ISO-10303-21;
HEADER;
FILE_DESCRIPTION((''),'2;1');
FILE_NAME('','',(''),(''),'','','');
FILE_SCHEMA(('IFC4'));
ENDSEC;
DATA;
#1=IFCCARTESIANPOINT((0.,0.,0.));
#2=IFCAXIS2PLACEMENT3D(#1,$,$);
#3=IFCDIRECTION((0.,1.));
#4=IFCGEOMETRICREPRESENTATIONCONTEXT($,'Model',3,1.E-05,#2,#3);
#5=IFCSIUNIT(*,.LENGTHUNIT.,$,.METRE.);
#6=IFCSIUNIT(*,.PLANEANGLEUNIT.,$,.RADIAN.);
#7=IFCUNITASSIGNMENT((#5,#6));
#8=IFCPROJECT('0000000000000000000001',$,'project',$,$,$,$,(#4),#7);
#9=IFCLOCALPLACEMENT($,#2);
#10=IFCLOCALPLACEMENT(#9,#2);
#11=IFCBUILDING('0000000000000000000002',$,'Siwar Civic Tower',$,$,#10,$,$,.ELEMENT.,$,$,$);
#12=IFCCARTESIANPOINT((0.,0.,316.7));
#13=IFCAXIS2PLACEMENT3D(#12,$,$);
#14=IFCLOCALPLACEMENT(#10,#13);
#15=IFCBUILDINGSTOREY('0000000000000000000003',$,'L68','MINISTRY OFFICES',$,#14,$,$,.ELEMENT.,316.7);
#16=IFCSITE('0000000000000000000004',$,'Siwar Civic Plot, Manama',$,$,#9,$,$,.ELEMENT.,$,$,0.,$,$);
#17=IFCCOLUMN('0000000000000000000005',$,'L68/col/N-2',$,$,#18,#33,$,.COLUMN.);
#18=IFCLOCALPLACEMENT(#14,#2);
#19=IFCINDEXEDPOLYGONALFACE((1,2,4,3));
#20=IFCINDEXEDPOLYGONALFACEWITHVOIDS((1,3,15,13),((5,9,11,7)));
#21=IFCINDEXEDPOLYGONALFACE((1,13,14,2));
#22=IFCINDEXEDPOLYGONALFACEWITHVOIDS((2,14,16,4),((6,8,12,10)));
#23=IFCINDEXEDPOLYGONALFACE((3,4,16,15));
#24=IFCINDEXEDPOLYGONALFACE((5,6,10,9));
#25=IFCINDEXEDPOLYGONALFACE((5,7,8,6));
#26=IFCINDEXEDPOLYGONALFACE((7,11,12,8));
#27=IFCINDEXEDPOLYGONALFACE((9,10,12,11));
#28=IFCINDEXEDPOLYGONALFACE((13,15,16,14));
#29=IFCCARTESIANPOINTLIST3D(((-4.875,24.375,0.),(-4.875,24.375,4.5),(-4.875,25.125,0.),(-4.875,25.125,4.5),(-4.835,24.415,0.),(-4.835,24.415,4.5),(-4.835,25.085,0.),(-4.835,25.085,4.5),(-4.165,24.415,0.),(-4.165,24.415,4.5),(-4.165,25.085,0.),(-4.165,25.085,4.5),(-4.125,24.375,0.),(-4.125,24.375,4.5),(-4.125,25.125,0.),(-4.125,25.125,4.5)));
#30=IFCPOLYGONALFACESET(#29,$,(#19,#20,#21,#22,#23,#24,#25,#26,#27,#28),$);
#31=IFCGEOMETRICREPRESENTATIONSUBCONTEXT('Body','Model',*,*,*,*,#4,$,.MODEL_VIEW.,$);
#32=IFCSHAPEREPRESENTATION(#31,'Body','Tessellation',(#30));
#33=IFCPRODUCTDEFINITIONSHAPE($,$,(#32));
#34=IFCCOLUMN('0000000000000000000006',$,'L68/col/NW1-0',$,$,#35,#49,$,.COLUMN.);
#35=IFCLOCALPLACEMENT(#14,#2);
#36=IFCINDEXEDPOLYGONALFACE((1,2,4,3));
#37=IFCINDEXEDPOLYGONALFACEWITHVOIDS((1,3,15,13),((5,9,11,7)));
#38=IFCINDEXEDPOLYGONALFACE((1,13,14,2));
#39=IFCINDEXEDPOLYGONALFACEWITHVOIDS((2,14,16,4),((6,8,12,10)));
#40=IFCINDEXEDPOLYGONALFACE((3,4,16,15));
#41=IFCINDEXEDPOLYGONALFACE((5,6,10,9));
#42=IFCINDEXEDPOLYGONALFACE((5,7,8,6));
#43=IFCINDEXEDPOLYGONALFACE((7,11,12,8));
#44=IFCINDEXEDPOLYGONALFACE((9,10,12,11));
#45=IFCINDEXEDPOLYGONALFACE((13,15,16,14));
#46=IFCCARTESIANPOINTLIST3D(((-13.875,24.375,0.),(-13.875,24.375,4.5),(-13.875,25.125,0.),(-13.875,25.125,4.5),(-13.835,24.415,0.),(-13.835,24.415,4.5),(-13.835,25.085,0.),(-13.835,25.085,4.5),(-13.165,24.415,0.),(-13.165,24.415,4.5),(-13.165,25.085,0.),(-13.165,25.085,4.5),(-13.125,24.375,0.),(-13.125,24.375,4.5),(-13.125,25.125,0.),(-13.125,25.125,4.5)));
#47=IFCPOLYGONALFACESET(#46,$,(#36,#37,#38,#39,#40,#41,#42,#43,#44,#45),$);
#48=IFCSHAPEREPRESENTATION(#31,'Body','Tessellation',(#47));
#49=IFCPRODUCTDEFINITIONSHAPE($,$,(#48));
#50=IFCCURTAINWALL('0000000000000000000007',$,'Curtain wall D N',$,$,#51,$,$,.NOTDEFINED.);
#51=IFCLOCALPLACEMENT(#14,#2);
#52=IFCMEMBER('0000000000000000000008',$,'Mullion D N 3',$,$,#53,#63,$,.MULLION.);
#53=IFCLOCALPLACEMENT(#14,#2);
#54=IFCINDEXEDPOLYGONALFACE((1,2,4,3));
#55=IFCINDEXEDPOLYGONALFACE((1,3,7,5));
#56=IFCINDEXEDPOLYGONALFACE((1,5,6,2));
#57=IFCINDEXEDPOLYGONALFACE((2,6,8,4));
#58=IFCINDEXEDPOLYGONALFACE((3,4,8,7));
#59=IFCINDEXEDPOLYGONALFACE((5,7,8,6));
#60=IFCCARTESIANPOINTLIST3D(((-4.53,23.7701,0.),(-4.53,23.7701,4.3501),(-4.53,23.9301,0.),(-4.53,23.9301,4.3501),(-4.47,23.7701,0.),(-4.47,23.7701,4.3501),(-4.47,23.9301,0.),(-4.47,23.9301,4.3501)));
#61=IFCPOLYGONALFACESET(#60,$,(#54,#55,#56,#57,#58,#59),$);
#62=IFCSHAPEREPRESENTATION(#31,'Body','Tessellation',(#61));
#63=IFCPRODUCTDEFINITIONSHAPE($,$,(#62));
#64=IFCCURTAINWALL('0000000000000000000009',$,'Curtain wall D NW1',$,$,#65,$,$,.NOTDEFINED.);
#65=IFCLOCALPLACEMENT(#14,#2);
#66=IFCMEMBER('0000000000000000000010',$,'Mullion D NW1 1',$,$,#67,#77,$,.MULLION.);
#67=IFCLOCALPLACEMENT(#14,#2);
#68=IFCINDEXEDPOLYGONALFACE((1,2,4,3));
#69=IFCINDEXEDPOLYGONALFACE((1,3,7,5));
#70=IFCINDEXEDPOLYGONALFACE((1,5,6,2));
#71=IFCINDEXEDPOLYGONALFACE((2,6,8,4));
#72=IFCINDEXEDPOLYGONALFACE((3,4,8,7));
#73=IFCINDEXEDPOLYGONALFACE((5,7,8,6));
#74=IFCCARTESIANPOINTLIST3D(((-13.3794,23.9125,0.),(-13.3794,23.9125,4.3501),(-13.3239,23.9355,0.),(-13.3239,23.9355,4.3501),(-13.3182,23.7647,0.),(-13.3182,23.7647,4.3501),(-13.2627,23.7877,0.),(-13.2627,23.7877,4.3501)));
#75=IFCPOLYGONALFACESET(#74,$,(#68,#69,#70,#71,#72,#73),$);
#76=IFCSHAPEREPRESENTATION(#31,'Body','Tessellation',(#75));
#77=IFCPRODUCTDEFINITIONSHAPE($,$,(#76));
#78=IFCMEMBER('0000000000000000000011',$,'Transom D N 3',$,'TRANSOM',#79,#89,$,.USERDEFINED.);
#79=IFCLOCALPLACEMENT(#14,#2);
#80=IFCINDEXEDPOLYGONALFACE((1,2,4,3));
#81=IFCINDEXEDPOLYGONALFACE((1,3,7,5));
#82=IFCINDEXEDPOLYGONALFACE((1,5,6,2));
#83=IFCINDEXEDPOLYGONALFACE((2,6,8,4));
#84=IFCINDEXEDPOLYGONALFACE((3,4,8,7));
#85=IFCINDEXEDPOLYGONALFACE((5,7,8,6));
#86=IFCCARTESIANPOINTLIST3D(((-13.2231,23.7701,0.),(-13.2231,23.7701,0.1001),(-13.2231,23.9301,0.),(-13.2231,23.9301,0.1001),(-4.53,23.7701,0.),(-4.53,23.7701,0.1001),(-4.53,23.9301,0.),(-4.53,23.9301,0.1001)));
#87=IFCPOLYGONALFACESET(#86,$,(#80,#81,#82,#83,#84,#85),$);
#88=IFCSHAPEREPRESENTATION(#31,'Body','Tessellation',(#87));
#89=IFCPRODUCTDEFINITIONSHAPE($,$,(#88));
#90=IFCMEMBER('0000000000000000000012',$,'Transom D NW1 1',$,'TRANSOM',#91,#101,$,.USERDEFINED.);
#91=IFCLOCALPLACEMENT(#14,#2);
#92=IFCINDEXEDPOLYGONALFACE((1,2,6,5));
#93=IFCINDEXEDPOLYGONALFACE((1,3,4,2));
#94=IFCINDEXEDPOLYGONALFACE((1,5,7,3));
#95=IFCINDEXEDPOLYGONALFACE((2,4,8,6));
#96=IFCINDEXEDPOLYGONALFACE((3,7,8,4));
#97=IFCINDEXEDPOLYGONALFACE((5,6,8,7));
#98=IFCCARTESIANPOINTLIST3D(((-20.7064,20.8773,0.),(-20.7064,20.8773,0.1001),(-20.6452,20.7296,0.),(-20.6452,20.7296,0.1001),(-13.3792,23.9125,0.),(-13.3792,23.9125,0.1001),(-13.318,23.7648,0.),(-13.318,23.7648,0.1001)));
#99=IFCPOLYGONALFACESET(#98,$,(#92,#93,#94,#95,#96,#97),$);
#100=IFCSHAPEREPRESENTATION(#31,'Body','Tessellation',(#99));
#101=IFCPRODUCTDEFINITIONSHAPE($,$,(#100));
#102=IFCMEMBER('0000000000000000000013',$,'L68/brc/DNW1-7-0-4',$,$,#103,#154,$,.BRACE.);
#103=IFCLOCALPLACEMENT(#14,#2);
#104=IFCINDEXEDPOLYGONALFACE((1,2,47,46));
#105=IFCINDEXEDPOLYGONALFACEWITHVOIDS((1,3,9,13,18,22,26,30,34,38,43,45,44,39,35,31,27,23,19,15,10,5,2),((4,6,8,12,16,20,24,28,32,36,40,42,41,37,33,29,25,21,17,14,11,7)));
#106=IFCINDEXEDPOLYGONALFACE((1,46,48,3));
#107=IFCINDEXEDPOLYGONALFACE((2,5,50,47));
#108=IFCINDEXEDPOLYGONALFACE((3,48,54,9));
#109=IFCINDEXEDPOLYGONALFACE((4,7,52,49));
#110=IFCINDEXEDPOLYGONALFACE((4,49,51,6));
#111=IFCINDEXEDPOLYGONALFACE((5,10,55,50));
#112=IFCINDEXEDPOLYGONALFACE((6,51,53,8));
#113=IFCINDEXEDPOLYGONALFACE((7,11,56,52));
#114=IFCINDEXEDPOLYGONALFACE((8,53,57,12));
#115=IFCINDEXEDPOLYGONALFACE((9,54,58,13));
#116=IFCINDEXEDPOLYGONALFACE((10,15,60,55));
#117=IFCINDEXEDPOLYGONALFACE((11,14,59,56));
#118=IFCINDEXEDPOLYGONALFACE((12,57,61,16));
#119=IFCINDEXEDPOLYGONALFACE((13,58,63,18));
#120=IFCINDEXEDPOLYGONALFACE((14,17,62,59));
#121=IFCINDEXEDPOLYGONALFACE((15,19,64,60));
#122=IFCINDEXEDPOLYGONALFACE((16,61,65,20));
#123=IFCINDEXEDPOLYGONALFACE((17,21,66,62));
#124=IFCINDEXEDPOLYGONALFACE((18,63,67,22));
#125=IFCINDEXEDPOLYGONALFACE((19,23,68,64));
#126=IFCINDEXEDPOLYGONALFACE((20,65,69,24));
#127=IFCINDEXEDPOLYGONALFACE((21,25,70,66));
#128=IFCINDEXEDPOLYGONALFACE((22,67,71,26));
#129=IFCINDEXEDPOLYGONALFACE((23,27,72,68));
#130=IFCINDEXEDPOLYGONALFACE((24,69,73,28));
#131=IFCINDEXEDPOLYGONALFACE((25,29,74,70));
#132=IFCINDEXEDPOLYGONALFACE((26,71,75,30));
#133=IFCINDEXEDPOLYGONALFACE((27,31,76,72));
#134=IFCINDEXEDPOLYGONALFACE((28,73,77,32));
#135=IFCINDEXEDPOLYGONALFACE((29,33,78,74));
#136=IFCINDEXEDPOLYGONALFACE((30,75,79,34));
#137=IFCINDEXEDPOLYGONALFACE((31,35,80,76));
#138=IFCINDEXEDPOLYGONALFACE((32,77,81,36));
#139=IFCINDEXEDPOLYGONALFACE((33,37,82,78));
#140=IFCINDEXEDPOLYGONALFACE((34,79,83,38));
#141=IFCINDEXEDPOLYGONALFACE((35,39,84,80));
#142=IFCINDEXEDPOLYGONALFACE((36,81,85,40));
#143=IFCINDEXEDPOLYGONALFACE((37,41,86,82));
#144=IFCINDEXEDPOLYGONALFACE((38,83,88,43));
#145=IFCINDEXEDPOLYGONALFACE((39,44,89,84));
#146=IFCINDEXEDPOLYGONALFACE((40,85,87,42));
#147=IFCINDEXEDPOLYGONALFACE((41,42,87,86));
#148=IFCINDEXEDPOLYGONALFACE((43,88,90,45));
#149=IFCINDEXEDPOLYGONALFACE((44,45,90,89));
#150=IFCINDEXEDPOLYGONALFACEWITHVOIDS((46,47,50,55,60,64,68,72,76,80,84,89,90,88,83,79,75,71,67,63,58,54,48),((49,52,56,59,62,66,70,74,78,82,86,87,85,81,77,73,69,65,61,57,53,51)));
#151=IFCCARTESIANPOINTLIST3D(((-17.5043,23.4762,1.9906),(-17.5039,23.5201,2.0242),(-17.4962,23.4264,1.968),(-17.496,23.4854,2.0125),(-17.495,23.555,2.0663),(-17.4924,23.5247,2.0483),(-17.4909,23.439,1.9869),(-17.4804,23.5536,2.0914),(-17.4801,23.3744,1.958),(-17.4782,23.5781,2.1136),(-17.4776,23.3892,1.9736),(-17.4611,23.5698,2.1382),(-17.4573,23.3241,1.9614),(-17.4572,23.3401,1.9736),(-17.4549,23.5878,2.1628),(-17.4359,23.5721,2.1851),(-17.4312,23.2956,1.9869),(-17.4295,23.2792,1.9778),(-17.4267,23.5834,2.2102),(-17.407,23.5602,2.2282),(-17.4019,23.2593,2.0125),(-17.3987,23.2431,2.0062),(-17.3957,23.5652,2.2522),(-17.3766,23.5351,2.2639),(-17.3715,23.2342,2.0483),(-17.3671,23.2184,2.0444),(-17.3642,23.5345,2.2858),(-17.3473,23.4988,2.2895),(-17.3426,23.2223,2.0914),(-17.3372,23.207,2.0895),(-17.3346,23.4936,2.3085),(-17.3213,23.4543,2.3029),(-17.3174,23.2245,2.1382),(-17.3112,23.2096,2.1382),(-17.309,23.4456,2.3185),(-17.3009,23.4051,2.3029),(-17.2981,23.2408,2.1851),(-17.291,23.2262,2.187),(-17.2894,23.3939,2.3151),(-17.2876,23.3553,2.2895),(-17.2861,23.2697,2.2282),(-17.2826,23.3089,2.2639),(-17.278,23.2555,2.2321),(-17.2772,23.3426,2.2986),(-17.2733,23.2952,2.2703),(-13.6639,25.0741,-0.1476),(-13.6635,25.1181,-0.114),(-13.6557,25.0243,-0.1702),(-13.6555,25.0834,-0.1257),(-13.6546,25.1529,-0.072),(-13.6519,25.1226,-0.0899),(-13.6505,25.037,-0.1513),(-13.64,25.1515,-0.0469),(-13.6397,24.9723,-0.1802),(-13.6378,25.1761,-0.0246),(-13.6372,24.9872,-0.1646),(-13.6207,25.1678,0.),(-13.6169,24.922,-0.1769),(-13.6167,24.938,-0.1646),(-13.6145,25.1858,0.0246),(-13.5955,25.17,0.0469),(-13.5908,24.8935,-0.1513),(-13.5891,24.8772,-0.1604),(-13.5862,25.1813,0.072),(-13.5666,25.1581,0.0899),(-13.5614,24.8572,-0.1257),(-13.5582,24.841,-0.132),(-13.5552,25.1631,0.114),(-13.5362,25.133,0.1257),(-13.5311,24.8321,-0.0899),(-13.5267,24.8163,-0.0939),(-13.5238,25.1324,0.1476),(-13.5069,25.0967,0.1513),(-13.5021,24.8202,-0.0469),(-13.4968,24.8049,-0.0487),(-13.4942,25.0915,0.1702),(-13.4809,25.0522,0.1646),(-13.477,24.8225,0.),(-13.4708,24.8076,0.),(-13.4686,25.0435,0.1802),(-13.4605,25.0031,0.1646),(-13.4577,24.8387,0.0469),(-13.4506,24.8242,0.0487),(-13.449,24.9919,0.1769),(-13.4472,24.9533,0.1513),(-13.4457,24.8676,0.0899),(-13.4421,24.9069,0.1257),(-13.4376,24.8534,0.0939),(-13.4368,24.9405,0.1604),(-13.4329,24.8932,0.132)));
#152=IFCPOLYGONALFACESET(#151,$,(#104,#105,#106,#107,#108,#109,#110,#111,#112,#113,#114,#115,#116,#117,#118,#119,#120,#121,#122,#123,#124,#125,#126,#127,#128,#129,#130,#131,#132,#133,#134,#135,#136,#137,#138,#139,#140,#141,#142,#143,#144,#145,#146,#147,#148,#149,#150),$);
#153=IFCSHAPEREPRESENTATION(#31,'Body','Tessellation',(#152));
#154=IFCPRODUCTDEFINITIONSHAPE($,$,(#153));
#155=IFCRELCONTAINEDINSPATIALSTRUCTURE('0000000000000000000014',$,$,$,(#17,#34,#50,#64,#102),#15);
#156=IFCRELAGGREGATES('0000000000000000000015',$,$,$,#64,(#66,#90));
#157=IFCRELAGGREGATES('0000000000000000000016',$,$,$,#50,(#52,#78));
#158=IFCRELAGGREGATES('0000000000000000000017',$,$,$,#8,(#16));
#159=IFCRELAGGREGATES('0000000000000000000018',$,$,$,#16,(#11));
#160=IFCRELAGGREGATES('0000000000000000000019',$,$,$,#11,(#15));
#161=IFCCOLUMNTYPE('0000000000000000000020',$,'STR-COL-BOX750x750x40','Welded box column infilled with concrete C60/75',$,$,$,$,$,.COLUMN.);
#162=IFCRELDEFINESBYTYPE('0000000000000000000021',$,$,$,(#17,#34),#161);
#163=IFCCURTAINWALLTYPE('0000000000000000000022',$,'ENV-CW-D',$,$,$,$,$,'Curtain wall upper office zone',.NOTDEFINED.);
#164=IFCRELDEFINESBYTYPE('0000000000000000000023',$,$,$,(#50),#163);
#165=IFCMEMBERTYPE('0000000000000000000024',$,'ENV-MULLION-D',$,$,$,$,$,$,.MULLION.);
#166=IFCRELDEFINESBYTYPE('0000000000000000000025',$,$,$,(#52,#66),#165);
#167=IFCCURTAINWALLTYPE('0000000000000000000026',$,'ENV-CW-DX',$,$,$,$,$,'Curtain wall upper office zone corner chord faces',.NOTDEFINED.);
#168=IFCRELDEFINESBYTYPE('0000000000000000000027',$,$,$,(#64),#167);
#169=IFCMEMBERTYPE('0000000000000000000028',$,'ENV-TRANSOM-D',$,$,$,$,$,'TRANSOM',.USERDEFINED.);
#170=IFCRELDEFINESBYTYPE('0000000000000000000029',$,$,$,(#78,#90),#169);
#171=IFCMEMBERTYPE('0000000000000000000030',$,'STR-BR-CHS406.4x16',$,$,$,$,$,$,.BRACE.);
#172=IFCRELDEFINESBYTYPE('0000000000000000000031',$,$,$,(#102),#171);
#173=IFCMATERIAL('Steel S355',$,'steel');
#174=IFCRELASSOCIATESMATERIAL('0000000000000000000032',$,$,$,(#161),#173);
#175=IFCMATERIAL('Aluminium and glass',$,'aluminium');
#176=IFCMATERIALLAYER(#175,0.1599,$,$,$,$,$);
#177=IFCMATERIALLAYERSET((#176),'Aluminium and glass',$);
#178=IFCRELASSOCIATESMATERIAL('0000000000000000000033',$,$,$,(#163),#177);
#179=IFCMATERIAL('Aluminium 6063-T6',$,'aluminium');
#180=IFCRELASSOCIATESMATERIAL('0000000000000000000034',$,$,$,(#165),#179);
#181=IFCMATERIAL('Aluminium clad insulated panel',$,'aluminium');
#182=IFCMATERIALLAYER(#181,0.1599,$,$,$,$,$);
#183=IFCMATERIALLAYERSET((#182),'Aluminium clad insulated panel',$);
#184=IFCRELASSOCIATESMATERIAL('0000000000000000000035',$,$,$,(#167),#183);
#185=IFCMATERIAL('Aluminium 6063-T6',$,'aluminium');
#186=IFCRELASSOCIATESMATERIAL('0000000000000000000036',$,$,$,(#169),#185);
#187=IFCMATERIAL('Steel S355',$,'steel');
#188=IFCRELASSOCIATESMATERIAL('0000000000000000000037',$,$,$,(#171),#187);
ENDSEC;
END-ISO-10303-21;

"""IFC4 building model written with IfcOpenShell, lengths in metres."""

from ifc_helpers import new_model, si_unit, direction, frame, origin, origin_2d, place, context, subcontext, project, spatial, rectangle, hollow_rectangle, hollow_circle, extrude, material, layer, layer_set, material_profile, profile_set, type_object, element, aggregate, save


model = new_model("IFC4")

# Units and contexts
model_context = context("Model", 3, precision=1e-05, world=origin(), true_north=direction((0.0, 1.0)))
body_context = subcontext(model_context, "Body", "Model", "MODEL_VIEW")
ifc_project = project(units=[si_unit("LENGTHUNIT", "METRE"), si_unit("PLANEANGLEUNIT", "RADIAN")], contexts=[model_context])

# Site, building, storey
site_placement = place(None, origin())
site = spatial("IfcSite", under=ifc_project, at=site_placement, Name="Siwar Civic Plot, Manama", CompositionType="ELEMENT", RefElevation=0.0)
building_placement = place(site_placement, origin())
building = spatial("IfcBuilding", under=site, at=building_placement, Name="Siwar Civic Tower", CompositionType="ELEMENT")
storey_placement = place(building_placement, frame((0.0, 0.0, 316.7)))
storey = spatial("IfcBuildingStorey", under=building, at=storey_placement, Name="L68", Description="MINISTRY OFFICES", CompositionType="ELEMENT", Elevation=316.7)

# Columns
ifc_material_1 = material(Name="Steel S355", Category="steel")
ifc_material_profile_1 = material_profile(ifc_material_1, hollow_rectangle(XDim=0.75, YDim=0.75, WallThickness=0.04, at=origin_2d()), Name="BOX750x750x40")
ifc_profile_set_1 = profile_set([ifc_material_profile_1], Name="Steel S355")
column_type = type_object("IfcColumnType", Name="STR-COL-BOX750x750x40", Description="Welded box column infilled with concrete C60/75", PredefinedType="COLUMN", material=ifc_profile_set_1)
for number, where, z_axis, x_axis, name in (
    (1, (-4.5, 24.75, 0.0), (0.0, 0.0, 1.0), (1.0, 0.0, 0.0), "L68/col/N-2"),
    (2, (-13.5, 24.75, 0.0), (0.0, 0.0, 1.0), (1.0, 0.0, 0.0), "L68/col/NW1-0"),
):
    element("IfcColumn", number, at=place(storey_placement, frame(where, z_axis=z_axis, x_axis=x_axis)), inside=storey, type_object=column_type, Name=name, PredefinedType="COLUMN", context=body_context, shape_type="SweptSolid", body=[
        extrude(hollow_rectangle(XDim=0.75, YDim=0.75, WallThickness=0.04, at=origin_2d()), origin(), (0.0, 0.0, 1.0), 4.5),
    ])

# Curtain walls, members
ifc_material_2 = material(Name="Aluminium and glass", Category="aluminium")
ifc_layer_1 = layer(ifc_material_2, 0.1599)
ifc_layer_set_1 = layer_set([ifc_layer_1], Name="Aluminium and glass")
curtain_wall_type_1 = type_object("IfcCurtainWallType", Name="ENV-CW-D", ElementType="Curtain wall upper office zone", PredefinedType="NOTDEFINED", material=ifc_layer_set_1)
curtain_wall_1_placement = place(storey_placement, origin())
curtain_wall_1 = element("IfcCurtainWall", 3, at=curtain_wall_1_placement, inside=storey, type_object=curtain_wall_type_1, Name="Curtain wall D N", PredefinedType="NOTDEFINED")
ifc_material_3 = material(Name="Aluminium 6063-T6", Category="aluminium")
ifc_material_profile_2 = material_profile(ifc_material_3, rectangle(XDim=0.1599, YDim=0.0601, at=origin_2d()), Name="AL 160x60")
ifc_profile_set_2 = profile_set([ifc_material_profile_2], Name="Aluminium 6063-T6")
member_type_1 = type_object("IfcMemberType", Name="ENV-MULLION-D", PredefinedType="MULLION", material=ifc_profile_set_2)
member_1_placement = place(storey_placement, frame((-4.5, 23.8501, 0.0), z_axis=(0.0, 0.0, 1.0), x_axis=(0.0, -1.0, 0.0)))
member_1 = element("IfcMember", 4, at=member_1_placement, type_object=member_type_1, Name="Mullion D N 3", PredefinedType="MULLION", context=body_context, shape_type="SweptSolid", body=[
    extrude(rectangle(XDim=0.1599, YDim=0.0601, at=origin_2d()), origin(), (0.0, 0.0, 1.0), 4.3501),
])
ifc_material_4 = material(Name="Aluminium clad insulated panel", Category="aluminium")
ifc_layer_2 = layer(ifc_material_4, 0.1599)
ifc_layer_set_2 = layer_set([ifc_layer_2], Name="Aluminium clad insulated panel")
curtain_wall_type_2 = type_object("IfcCurtainWallType", Name="ENV-CW-DX", ElementType="Curtain wall upper office zone corner chord faces", PredefinedType="NOTDEFINED", material=ifc_layer_set_2)
curtain_wall_2_placement = place(storey_placement, origin())
curtain_wall_2 = element("IfcCurtainWall", 5, at=curtain_wall_2_placement, inside=storey, type_object=curtain_wall_type_2, Name="Curtain wall D NW1", PredefinedType="NOTDEFINED")
member_2_placement = place(storey_placement, frame((-13.321, 23.8501, 0.0), z_axis=(0.0, 0.0, 1.0), x_axis=(0.382683, -0.92388, 0.0)))
member_2 = element("IfcMember", 6, at=member_2_placement, type_object=member_type_1, Name="Mullion D NW1 1", PredefinedType="MULLION", context=body_context, shape_type="SweptSolid", body=[
    extrude(rectangle(XDim=0.1599, YDim=0.0601, at=origin_2d()), origin(), (0.0, 0.0, 1.0), 4.3501),
])

# Members
ifc_material_5 = material(Name="Aluminium 6063-T6", Category="aluminium")
ifc_material_profile_3 = material_profile(ifc_material_5, rectangle(XDim=0.1599, YDim=0.1001, at=origin_2d()), Name="AL 160x100")
ifc_profile_set_3 = profile_set([ifc_material_profile_3], Name="Aluminium 6063-T6")
member_type_2 = type_object("IfcMemberType", Name="ENV-TRANSOM-D", ElementType="TRANSOM", PredefinedType="USERDEFINED", material=ifc_profile_set_3)
member_3_placement = place(storey_placement, frame((-4.53, 23.8501, 0.05), z_axis=(-1.0, 0.0, 0.0), x_axis=(0.0, -1.0, 0.0)))
member_3 = element("IfcMember", 7, at=member_3_placement, type_object=member_type_2, Name="Transom D N 3", ObjectType="TRANSOM", PredefinedType="USERDEFINED", context=body_context, shape_type="SweptSolid", body=[
    extrude(rectangle(XDim=0.1599, YDim=0.1001, at=origin_2d()), origin(), (0.0, 0.0, 1.0), 8.6931),
])
member_4_placement = place(storey_placement, frame((-13.3486, 23.8386, 0.05), z_axis=(-0.923873, -0.3827, 0.0), x_axis=(0.3827, -0.923873, 0.0)))
member_4 = element("IfcMember", 8, at=member_4_placement, type_object=member_type_2, Name="Transom D NW1 1", ObjectType="TRANSOM", PredefinedType="USERDEFINED", context=body_context, shape_type="SweptSolid", body=[
    extrude(rectangle(XDim=0.1599, YDim=0.1001, at=origin_2d()), origin(), (0.0, 0.0, 1.0), 7.9309),
])
aggregate(curtain_wall_2, [member_2, member_4])
ifc_material_6 = material(Name="Steel S355", Category="steel")
ifc_material_profile_4 = material_profile(ifc_material_6, hollow_circle(Radius=0.2031, WallThickness=0.0161, at=origin_2d()), Name="CHS406.4x16")
ifc_profile_set_4 = profile_set([ifc_material_profile_4], Name="Steel S355")
member_type_3 = type_object("IfcMemberType", Name="STR-BR-CHS406.4x16", PredefinedType="BRACE", material=ifc_profile_set_4)
member_5_placement = place(storey_placement, frame((-13.5488, 24.9951, 0.0), z_axis=(-0.82113, -0.341659, 0.457181), x_axis=(0.384157, -0.923268, 0.0)))
element("IfcMember", 9, at=member_5_placement, inside=storey, type_object=member_type_3, Name="L68/brc/DNW1-7-0-4", PredefinedType="BRACE", context=body_context, shape_type="SweptSolid", body=[
    extrude(hollow_circle(Radius=0.2031, WallThickness=0.0161, at=origin_2d()), origin(), (0.0, 0.0, 1.0), 4.677),
])

aggregate(curtain_wall_1, [member_1, member_3])

save(model, "model.ifc")
